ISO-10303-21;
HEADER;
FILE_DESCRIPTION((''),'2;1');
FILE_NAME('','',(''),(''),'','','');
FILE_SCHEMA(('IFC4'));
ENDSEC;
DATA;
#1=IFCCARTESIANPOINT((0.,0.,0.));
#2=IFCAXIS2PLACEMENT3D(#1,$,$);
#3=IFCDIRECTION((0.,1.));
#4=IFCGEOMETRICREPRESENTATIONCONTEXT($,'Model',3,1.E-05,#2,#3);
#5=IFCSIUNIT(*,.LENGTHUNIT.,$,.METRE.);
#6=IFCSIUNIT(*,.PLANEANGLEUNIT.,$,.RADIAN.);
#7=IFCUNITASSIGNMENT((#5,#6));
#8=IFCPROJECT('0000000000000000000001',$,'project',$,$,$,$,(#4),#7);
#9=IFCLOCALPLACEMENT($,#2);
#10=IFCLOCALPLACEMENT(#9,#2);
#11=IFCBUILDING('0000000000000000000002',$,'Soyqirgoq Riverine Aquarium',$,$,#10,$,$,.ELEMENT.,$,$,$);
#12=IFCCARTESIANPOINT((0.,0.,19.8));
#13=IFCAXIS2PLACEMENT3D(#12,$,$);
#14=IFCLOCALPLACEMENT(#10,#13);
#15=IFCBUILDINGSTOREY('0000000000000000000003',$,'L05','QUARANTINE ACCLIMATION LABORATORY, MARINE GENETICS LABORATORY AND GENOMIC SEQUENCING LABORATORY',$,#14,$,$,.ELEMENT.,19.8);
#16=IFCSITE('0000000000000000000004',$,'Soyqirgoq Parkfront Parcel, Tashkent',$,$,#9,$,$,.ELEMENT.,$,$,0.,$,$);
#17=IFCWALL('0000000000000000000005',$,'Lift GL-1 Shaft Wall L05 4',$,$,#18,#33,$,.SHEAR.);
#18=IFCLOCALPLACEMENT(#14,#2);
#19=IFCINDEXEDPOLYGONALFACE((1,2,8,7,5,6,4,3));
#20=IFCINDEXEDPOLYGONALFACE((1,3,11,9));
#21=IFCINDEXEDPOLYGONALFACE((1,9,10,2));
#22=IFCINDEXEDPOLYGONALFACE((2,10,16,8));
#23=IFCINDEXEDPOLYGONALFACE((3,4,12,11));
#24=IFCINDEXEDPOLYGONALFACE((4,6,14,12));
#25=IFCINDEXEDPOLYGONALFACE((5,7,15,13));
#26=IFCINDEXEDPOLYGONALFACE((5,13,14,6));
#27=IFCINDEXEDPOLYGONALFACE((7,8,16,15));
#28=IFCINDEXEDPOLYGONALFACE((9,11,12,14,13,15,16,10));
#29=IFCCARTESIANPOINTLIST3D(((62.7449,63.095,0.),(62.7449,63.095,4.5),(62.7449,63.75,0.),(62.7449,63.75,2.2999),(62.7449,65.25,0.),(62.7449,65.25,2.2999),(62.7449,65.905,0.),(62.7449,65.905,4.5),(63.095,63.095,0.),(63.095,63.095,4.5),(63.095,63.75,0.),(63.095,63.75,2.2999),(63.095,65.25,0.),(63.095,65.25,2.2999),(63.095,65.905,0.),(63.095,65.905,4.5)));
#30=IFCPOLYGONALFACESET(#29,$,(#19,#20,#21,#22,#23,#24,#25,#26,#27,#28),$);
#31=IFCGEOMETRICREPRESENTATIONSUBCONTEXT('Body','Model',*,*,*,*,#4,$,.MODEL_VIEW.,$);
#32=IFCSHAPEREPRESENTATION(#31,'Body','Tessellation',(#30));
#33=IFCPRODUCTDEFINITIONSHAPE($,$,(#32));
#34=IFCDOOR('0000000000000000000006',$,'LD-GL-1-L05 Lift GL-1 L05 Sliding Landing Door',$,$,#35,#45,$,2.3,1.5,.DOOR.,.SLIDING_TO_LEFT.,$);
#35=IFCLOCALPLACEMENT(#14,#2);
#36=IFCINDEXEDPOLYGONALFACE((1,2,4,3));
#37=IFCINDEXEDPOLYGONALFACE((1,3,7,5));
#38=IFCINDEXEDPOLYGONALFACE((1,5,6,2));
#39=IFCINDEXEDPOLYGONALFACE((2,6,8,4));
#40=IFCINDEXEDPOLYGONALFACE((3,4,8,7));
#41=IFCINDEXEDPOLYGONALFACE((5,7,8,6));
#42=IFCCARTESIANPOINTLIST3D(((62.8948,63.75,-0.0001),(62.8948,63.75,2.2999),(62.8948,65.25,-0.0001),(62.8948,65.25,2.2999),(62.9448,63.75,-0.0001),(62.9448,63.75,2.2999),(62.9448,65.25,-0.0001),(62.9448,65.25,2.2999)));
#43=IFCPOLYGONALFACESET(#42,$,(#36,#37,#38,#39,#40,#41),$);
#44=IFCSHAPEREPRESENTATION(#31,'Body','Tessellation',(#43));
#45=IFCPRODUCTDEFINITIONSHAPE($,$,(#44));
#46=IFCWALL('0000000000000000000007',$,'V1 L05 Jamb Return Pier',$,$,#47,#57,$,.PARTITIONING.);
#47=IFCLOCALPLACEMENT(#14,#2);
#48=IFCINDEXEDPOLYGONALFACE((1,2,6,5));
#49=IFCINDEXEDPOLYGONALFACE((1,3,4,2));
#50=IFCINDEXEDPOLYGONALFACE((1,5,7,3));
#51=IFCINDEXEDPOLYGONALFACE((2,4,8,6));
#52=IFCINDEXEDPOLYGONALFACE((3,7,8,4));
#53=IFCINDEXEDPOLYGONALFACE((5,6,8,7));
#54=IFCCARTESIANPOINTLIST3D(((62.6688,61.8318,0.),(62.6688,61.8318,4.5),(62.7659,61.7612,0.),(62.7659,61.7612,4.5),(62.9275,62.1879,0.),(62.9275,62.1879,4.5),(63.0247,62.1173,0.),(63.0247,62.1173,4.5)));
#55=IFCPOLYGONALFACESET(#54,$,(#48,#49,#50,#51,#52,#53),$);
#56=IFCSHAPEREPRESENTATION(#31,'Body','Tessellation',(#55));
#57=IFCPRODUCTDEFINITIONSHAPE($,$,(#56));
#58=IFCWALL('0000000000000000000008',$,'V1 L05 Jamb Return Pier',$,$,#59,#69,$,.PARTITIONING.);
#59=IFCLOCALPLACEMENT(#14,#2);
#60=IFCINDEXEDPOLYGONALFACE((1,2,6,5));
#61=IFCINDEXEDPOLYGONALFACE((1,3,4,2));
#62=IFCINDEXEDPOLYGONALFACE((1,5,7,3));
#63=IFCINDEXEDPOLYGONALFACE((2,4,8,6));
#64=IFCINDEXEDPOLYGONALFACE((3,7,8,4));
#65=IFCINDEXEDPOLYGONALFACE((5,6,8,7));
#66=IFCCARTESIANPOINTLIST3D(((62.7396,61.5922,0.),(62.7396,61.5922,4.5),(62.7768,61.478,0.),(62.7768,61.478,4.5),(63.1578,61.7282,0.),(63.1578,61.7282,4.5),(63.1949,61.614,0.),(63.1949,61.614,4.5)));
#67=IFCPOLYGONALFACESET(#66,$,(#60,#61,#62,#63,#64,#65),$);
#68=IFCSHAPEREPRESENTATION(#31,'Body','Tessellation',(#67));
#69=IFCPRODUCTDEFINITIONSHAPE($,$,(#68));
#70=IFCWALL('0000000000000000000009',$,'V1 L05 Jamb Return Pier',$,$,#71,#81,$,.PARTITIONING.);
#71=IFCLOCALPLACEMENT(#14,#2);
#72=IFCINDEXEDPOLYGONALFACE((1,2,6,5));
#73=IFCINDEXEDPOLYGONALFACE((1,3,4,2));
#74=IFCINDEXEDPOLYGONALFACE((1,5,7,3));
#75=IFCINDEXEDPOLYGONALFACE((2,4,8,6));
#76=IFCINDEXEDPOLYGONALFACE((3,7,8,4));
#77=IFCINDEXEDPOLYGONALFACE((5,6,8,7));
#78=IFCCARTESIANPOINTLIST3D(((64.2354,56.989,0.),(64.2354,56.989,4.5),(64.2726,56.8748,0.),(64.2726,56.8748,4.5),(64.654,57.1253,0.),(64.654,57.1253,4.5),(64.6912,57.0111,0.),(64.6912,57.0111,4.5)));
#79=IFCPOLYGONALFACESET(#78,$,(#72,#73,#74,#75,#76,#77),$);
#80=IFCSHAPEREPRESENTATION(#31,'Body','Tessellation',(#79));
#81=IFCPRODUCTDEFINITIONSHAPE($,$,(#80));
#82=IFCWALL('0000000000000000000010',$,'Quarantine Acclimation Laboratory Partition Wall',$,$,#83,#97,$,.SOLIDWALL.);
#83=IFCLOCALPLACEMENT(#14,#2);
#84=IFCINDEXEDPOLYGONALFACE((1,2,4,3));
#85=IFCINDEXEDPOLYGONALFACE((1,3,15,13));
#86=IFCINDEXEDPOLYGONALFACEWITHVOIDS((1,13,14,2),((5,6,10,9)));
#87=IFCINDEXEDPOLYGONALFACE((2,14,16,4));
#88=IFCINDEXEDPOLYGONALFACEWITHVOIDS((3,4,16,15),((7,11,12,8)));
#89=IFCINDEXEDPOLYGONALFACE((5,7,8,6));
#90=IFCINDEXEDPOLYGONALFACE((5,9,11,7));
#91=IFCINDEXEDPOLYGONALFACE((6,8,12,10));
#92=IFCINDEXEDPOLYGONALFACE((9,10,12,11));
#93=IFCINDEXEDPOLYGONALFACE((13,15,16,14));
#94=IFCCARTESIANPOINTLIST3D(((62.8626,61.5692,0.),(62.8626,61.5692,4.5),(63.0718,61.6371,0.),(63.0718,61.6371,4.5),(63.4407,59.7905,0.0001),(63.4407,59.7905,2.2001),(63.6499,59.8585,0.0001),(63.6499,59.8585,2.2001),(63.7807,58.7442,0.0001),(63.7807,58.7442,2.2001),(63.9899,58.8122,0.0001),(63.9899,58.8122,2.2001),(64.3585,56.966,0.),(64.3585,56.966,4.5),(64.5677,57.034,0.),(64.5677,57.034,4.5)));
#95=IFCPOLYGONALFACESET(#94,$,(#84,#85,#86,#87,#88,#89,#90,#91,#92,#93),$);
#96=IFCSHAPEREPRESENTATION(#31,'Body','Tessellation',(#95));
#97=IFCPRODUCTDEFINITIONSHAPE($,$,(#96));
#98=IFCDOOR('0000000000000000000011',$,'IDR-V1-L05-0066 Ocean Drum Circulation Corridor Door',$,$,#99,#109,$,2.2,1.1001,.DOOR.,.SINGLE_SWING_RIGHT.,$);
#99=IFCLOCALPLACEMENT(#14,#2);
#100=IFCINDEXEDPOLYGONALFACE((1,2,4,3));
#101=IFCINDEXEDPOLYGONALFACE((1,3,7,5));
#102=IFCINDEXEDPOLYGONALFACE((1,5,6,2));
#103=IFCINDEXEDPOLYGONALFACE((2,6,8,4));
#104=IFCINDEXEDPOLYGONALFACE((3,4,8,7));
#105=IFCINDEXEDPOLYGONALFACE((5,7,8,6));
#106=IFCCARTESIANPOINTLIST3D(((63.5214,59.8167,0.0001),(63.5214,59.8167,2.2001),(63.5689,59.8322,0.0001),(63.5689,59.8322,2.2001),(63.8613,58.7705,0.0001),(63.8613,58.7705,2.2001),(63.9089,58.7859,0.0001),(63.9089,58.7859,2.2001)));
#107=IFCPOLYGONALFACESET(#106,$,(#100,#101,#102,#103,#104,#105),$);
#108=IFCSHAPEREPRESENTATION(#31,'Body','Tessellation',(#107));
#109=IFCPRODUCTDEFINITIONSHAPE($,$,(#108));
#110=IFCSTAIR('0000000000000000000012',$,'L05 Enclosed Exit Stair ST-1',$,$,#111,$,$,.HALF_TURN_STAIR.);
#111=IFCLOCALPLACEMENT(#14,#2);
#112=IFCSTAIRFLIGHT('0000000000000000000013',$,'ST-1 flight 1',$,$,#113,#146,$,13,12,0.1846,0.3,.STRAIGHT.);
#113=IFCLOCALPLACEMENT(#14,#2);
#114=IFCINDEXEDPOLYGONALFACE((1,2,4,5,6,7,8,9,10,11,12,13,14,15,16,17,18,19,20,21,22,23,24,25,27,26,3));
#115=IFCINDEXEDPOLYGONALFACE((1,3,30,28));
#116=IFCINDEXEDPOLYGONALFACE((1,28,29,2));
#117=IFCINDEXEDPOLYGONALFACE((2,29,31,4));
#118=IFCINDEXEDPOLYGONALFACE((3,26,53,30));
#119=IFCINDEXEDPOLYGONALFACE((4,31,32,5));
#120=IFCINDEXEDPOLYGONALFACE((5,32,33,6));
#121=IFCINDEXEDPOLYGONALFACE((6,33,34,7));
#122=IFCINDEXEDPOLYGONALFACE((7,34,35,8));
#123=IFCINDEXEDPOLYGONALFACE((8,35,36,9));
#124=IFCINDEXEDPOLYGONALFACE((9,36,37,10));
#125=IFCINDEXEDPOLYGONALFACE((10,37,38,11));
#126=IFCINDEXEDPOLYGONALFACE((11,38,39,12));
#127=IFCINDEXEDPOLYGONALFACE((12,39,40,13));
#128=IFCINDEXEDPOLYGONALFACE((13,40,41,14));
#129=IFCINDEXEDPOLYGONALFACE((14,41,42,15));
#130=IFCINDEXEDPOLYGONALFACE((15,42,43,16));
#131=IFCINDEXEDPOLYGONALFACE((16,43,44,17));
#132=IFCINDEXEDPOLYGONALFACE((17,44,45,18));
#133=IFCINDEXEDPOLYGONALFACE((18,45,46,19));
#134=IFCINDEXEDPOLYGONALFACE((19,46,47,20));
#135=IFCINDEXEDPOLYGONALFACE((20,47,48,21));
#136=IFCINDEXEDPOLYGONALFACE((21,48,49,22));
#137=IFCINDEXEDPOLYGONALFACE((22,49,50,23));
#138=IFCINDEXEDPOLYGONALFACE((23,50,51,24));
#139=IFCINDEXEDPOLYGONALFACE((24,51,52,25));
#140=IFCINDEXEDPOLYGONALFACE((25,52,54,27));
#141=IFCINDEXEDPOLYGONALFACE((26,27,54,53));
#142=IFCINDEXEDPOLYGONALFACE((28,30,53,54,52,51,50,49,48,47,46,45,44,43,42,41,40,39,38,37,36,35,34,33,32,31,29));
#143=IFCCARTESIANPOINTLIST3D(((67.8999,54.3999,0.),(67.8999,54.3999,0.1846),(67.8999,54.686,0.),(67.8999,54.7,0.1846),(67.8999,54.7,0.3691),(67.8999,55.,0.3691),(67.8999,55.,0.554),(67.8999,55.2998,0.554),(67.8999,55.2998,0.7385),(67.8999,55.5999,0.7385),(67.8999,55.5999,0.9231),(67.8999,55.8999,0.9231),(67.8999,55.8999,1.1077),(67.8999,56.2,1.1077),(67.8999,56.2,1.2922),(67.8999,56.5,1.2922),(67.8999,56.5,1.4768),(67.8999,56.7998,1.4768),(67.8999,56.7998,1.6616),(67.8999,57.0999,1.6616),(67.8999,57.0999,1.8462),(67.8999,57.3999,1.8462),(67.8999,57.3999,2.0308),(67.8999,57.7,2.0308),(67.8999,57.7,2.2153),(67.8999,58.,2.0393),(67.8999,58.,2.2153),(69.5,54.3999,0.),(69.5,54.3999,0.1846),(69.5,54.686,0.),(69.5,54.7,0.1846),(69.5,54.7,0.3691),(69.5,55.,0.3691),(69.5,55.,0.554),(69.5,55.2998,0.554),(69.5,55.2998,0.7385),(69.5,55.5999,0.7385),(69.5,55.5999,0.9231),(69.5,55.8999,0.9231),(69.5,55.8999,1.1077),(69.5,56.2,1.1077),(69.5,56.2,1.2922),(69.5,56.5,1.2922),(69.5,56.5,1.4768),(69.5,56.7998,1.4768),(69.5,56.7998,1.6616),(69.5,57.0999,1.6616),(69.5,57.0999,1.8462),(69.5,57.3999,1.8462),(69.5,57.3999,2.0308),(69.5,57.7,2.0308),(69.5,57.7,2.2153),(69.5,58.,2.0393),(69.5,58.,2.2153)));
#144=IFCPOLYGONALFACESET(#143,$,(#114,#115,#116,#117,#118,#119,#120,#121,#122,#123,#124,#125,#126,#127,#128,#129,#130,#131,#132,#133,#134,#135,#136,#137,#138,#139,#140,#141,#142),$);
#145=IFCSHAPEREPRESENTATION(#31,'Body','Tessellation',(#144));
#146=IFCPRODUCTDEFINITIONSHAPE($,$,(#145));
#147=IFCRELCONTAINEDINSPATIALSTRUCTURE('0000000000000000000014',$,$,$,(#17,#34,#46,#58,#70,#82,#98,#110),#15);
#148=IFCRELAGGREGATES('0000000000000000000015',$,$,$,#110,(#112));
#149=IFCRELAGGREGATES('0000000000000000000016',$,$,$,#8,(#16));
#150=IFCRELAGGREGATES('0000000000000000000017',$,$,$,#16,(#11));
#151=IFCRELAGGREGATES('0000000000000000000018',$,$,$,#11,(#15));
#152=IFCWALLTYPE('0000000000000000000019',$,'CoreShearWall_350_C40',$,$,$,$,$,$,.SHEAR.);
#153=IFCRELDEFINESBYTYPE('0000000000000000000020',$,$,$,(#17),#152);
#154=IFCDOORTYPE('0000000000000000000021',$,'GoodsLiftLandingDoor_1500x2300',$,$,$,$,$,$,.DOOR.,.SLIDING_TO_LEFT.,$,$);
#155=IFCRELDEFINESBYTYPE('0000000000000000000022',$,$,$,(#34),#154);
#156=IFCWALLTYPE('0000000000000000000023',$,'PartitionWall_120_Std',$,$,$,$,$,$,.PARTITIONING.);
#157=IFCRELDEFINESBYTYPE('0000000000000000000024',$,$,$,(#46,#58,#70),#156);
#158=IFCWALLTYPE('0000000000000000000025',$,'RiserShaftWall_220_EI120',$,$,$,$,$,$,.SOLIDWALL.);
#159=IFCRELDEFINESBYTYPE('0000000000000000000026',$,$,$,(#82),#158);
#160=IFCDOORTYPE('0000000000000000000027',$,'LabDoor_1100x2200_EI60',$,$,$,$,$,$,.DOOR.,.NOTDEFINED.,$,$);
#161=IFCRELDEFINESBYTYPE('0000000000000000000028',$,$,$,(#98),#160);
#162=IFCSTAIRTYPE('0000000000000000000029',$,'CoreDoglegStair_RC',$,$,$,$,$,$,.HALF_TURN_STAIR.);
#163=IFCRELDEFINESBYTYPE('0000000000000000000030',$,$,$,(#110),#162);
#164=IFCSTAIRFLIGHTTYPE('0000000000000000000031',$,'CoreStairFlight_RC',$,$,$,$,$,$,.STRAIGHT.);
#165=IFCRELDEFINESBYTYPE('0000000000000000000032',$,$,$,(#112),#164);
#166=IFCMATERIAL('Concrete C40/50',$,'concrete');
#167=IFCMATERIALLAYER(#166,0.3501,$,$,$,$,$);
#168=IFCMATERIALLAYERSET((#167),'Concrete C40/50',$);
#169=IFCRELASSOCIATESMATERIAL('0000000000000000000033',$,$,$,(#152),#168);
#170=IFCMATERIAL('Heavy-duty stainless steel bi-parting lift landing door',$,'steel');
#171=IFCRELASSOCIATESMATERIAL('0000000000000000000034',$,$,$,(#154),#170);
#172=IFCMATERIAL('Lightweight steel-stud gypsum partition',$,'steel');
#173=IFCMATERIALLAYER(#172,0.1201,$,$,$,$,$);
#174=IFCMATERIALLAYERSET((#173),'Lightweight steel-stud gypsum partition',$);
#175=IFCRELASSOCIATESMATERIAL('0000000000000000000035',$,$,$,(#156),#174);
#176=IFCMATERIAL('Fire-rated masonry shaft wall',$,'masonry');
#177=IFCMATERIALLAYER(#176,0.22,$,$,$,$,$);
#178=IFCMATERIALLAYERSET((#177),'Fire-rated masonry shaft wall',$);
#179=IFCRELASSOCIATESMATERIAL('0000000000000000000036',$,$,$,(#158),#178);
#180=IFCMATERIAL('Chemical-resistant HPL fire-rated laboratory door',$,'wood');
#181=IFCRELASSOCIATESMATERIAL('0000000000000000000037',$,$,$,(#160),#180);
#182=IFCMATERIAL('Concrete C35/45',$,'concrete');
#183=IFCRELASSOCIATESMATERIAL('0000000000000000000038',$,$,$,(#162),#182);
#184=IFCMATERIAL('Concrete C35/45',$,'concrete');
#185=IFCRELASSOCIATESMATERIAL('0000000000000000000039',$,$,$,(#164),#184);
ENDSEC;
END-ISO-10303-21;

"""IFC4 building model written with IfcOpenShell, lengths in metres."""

from ifc_helpers import new_model, si_unit, direction, frame, frame_2d, origin, place, context, subcontext, project, spatial, polyline, rectangle, outline, extrude, material, layer, layer_set, type_object, element, fill, aggregate, save


model = new_model("IFC4")

# Units and contexts
model_context = context("Model", 3, precision=1e-05, world=origin(), true_north=direction((0.0, 1.0)))
body_context = subcontext(model_context, "Body", "Model", "MODEL_VIEW")
ifc_project = project(units=[si_unit("LENGTHUNIT", "METRE"), si_unit("PLANEANGLEUNIT", "RADIAN")], contexts=[model_context])

# Site, building, storey
site_placement = place(None, origin())
site = spatial("IfcSite", under=ifc_project, at=site_placement, Name="Soyqirgoq Parkfront Parcel, Tashkent", CompositionType="ELEMENT", RefElevation=0.0)
building_placement = place(site_placement, origin())
building = spatial("IfcBuilding", under=site, at=building_placement, Name="Soyqirgoq Riverine Aquarium", CompositionType="ELEMENT")
storey_placement = place(building_placement, frame((0.0, 0.0, 19.8)))
storey = spatial("IfcBuildingStorey", under=building, at=storey_placement, Name="L05", Description="QUARANTINE ACCLIMATION LABORATORY, MARINE GENETICS LABORATORY AND GENOMIC SEQUENCING LABORATORY", CompositionType="ELEMENT", Elevation=19.8)

# Shared definitions
ifc_material_1 = material(Name="Concrete C40/50", Category="concrete")
ifc_layer_1 = layer(ifc_material_1, 0.3501)
ifc_layer_set_1 = layer_set([ifc_layer_1], Name="Concrete C40/50")
wall_type_1 = type_object("IfcWallType", Name="CoreShearWall_350_C40", PredefinedType="SHEAR", material=ifc_layer_set_1)

# Wall, opening, door
wall_1_placement = place(storey_placement, frame((62.9199, 65.905, 0.0), z_axis=(0.0, 0.0, 1.0), x_axis=(0.0, -1.0, 0.0)))
wall_1 = element("IfcWall", 1, at=wall_1_placement, inside=storey, type_object=wall_type_1, Name="Lift GL-1 Shaft Wall L05 4", PredefinedType="SHEAR", context=body_context, shape_type="SweptSolid", body=[
    extrude(rectangle(XDim=2.8101, YDim=0.3501, at=frame_2d((1.405, 0.0))), origin(), (0.0, 0.0, 1.0), 4.5),
])
opening_1_placement = place(wall_1_placement, frame((0.655, 0.0, 0.0)))
opening_1 = element("IfcOpeningElement", 2, at=opening_1_placement, cuts=wall_1, PredefinedType="OPENING", context=body_context, shape_type="SweptSolid", body=[
    extrude(rectangle(XDim=1.5, YDim=2.3, at=frame_2d((0.75, 1.1499))), frame((0.0, 0.1851, 0.0), z_axis=(0.0, -1.0, 0.0), x_axis=(1.0, 0.0, 0.0)), (0.0, 0.0, 1.0), 0.3701),
])
ifc_material_2 = material(Name="Heavy-duty stainless steel bi-parting lift landing door", Category="steel")
door_type_1 = type_object("IfcDoorType", Name="GoodsLiftLandingDoor_1500x2300", OperationType="SLIDING_TO_LEFT", PredefinedType="DOOR", material=ifc_material_2)
door_1_placement = place(opening_1_placement, origin())
door_1 = element("IfcDoor", 3, at=door_1_placement, inside=storey, type_object=door_type_1, Name="LD-GL-1-L05 Lift GL-1 L05 Sliding Landing Door", OperationType="SLIDING_TO_LEFT", OverallHeight=2.3, OverallWidth=1.5, PredefinedType="DOOR", context=body_context, shape_type="SweptSolid", body=[
    extrude(rectangle(XDim=1.5, YDim=2.3, at=frame_2d((0.75, 1.1499))), frame((0.0, 0.0249, 0.0), z_axis=(0.0, -1.0, 0.0), x_axis=(1.0, 0.0, 0.0)), (0.0, 0.0, 1.0), 0.05),
])
fill(opening_1, door_1)

# Walls
ifc_material_3 = material(Name="Lightweight steel-stud gypsum partition", Category="steel")
ifc_layer_2 = layer(ifc_material_3, 0.1201)
ifc_layer_set_2 = layer_set([ifc_layer_2], Name="Lightweight steel-stud gypsum partition")
wall_type_2 = type_object("IfcWallType", Name="PartitionWall_120_Std", PredefinedType="PARTITIONING", material=ifc_layer_set_2)
wall_2_placement = place(storey_placement, frame((62.7173, 61.7964, 0.0), z_axis=(0.0, 0.0, 1.0), x_axis=(0.587776, 0.809024, 0.0)))
element("IfcWall", 4, at=wall_2_placement, inside=storey, type_object=wall_type_2, Name="V1 L05 Jamb Return Pier", PredefinedType="PARTITIONING", context=body_context, shape_type="SweptSolid", body=[
    extrude(rectangle(XDim=0.4402, YDim=0.1201, at=frame_2d((0.2202, 0.0))), origin(), (0.0, 0.0, 1.0), 4.5),
])
wall_3_placement = place(storey_placement, frame((62.7583, 61.5352, 0.0), z_axis=(0.0, 0.0, 1.0), x_axis=(0.950989, 0.309224, 0.0)))
element("IfcWall", 5, at=wall_3_placement, inside=storey, type_object=wall_type_2, Name="V1 L05 Jamb Return Pier", PredefinedType="PARTITIONING", context=body_context, shape_type="SweptSolid", body=[
    extrude(rectangle(XDim=0.4397, YDim=0.1201, at=frame_2d((0.2197, 0.0))), origin(), (0.0, 0.0, 1.0), 4.5),
])
wall_4_placement = place(storey_placement, frame((64.2539, 56.9319, 0.0), z_axis=(0.0, 0.0, 1.0), x_axis=(0.950879, 0.309563, 0.0)))
element("IfcWall", 6, at=wall_4_placement, inside=storey, type_object=wall_type_2, Name="V1 L05 Jamb Return Pier", PredefinedType="PARTITIONING", context=body_context, shape_type="SweptSolid", body=[
    extrude(rectangle(XDim=0.4402, YDim=0.1201, at=frame_2d((0.2202, 0.0))), origin(), (0.0, 0.0, 1.0), 4.5),
])

# Wall, opening, door
ifc_material_4 = material(Name="Fire-rated masonry shaft wall", Category="masonry")
ifc_layer_3 = layer(ifc_material_4, 0.22)
ifc_layer_set_3 = layer_set([ifc_layer_3], Name="Fire-rated masonry shaft wall")
wall_type_3 = type_object("IfcWallType", Name="RiserShaftWall_220_EI120", PredefinedType="SOLIDWALL", material=ifc_layer_set_3)
wall_5_placement = place(storey_placement, frame((62.9673, 61.603, 0.0), z_axis=(0.0, 0.0, 1.0), x_axis=(0.309061, -0.951042, 0.0)))
wall_5 = element("IfcWall", 7, at=wall_5_placement, inside=storey, type_object=wall_type_3, Name="Quarantine Acclimation Laboratory Partition Wall", PredefinedType="SOLIDWALL", context=body_context, shape_type="SweptSolid", body=[
    extrude(rectangle(XDim=4.8401, YDim=0.22, at=frame_2d((2.4199, 0.0))), origin(), (0.0, 0.0, 1.0), 4.5),
])
opening_2_placement = place(wall_5_placement, frame((1.8701, 0.0, 0.0)))
opening_2 = element("IfcOpeningElement", 8, at=opening_2_placement, cuts=wall_5, PredefinedType="OPENING", context=body_context, shape_type="SweptSolid", body=[
    extrude(rectangle(XDim=1.1001, YDim=2.2, at=frame_2d((0.55, 1.1001))), frame((0.0, 0.1201, 0.0), z_axis=(0.0, -1.0, 0.0), x_axis=(1.0, 0.0, 0.0)), (0.0, 0.0, 1.0), 0.24),
])
ifc_material_5 = material(Name="Chemical-resistant HPL fire-rated laboratory door", Category="wood")
door_type_2 = type_object("IfcDoorType", Name="LabDoor_1100x2200_EI60", OperationType="NOTDEFINED", PredefinedType="DOOR", material=ifc_material_5)
door_2_placement = place(opening_2_placement, origin())
door_2 = element("IfcDoor", 9, at=door_2_placement, inside=storey, type_object=door_type_2, Name="IDR-V1-L05-0066 Ocean Drum Circulation Corridor Door", OperationType="SINGLE_SWING_RIGHT", OverallHeight=2.2, OverallWidth=1.1001, PredefinedType="DOOR", context=body_context, shape_type="SweptSolid", body=[
    extrude(rectangle(XDim=1.1001, YDim=2.2, at=frame_2d((0.55, 1.1001))), frame((0.0, 0.0249, 0.0), z_axis=(0.0, -1.0, 0.0), x_axis=(1.0, 0.0, 0.0)), (0.0, 0.0, 1.0), 0.05),
])
fill(opening_2, door_2)

# Stair, stair flight
ifc_material_6 = material(Name="Concrete C35/45", Category="concrete")
stair_type = type_object("IfcStairType", Name="CoreDoglegStair_RC", PredefinedType="HALF_TURN_STAIR", material=ifc_material_6)
stair_placement = place(storey_placement, origin())
stair = element("IfcStair", 10, at=stair_placement, inside=storey, type_object=stair_type, Name="L05 Enclosed Exit Stair ST-1", PredefinedType="HALF_TURN_STAIR")
ifc_material_7 = material(Name="Concrete C35/45", Category="concrete")
stair_flight_type = type_object("IfcStairFlightType", Name="CoreStairFlight_RC", PredefinedType="STRAIGHT", material=ifc_material_7)
stair_flight_1_placement = place(storey_placement, frame((68.7, 54.3999, 0.0), z_axis=(0.0, 0.0, 1.0), x_axis=(0.0, 1.0, 0.0)))
stair_flight_1 = element("IfcStairFlight", 11, at=stair_flight_1_placement, type_object=stair_flight_type, Name="ST-1 flight 1", NumberOfRisers=13, NumberOfTreads=12, PredefinedType="STRAIGHT", RiserHeight=0.1846, TreadLength=0.3, context=body_context, shape_type="SweptSolid", body=[
    extrude(outline(polyline([(0.0, 0.0), (0.0, 0.1846), (0.3, 0.1846), (0.3, 0.3691), (0.6001, 0.3691), (0.6001, 0.554), (0.8999, 0.554), (0.8999, 0.7385), (1.2, 0.7385), (1.2, 0.9231), (1.5, 0.9231), (1.5, 1.1077), (1.8, 1.1077), (1.8, 1.2922), (2.1001, 1.2922), (2.1001, 1.4768), (2.3999, 1.4768), (2.3999, 1.6616), (2.7, 1.6616), (2.7, 1.8462), (3.0, 1.8462), (3.0, 2.0308), (3.3, 2.0308), (3.3, 2.2153), (3.6001, 2.2153), (3.6001, 2.3999), (3.6001, 2.0393), (0.2861, 0.0), (0.0, 0.0)])), frame((0.0, 0.8, 0.0), z_axis=(0.0, -1.0, 0.0), x_axis=(1.0, 0.0, 0.0)), (0.0, 0.0, 1.0), 1.6001),
])
aggregate(stair, [stair_flight_1])

save(model, "model.ifc")
